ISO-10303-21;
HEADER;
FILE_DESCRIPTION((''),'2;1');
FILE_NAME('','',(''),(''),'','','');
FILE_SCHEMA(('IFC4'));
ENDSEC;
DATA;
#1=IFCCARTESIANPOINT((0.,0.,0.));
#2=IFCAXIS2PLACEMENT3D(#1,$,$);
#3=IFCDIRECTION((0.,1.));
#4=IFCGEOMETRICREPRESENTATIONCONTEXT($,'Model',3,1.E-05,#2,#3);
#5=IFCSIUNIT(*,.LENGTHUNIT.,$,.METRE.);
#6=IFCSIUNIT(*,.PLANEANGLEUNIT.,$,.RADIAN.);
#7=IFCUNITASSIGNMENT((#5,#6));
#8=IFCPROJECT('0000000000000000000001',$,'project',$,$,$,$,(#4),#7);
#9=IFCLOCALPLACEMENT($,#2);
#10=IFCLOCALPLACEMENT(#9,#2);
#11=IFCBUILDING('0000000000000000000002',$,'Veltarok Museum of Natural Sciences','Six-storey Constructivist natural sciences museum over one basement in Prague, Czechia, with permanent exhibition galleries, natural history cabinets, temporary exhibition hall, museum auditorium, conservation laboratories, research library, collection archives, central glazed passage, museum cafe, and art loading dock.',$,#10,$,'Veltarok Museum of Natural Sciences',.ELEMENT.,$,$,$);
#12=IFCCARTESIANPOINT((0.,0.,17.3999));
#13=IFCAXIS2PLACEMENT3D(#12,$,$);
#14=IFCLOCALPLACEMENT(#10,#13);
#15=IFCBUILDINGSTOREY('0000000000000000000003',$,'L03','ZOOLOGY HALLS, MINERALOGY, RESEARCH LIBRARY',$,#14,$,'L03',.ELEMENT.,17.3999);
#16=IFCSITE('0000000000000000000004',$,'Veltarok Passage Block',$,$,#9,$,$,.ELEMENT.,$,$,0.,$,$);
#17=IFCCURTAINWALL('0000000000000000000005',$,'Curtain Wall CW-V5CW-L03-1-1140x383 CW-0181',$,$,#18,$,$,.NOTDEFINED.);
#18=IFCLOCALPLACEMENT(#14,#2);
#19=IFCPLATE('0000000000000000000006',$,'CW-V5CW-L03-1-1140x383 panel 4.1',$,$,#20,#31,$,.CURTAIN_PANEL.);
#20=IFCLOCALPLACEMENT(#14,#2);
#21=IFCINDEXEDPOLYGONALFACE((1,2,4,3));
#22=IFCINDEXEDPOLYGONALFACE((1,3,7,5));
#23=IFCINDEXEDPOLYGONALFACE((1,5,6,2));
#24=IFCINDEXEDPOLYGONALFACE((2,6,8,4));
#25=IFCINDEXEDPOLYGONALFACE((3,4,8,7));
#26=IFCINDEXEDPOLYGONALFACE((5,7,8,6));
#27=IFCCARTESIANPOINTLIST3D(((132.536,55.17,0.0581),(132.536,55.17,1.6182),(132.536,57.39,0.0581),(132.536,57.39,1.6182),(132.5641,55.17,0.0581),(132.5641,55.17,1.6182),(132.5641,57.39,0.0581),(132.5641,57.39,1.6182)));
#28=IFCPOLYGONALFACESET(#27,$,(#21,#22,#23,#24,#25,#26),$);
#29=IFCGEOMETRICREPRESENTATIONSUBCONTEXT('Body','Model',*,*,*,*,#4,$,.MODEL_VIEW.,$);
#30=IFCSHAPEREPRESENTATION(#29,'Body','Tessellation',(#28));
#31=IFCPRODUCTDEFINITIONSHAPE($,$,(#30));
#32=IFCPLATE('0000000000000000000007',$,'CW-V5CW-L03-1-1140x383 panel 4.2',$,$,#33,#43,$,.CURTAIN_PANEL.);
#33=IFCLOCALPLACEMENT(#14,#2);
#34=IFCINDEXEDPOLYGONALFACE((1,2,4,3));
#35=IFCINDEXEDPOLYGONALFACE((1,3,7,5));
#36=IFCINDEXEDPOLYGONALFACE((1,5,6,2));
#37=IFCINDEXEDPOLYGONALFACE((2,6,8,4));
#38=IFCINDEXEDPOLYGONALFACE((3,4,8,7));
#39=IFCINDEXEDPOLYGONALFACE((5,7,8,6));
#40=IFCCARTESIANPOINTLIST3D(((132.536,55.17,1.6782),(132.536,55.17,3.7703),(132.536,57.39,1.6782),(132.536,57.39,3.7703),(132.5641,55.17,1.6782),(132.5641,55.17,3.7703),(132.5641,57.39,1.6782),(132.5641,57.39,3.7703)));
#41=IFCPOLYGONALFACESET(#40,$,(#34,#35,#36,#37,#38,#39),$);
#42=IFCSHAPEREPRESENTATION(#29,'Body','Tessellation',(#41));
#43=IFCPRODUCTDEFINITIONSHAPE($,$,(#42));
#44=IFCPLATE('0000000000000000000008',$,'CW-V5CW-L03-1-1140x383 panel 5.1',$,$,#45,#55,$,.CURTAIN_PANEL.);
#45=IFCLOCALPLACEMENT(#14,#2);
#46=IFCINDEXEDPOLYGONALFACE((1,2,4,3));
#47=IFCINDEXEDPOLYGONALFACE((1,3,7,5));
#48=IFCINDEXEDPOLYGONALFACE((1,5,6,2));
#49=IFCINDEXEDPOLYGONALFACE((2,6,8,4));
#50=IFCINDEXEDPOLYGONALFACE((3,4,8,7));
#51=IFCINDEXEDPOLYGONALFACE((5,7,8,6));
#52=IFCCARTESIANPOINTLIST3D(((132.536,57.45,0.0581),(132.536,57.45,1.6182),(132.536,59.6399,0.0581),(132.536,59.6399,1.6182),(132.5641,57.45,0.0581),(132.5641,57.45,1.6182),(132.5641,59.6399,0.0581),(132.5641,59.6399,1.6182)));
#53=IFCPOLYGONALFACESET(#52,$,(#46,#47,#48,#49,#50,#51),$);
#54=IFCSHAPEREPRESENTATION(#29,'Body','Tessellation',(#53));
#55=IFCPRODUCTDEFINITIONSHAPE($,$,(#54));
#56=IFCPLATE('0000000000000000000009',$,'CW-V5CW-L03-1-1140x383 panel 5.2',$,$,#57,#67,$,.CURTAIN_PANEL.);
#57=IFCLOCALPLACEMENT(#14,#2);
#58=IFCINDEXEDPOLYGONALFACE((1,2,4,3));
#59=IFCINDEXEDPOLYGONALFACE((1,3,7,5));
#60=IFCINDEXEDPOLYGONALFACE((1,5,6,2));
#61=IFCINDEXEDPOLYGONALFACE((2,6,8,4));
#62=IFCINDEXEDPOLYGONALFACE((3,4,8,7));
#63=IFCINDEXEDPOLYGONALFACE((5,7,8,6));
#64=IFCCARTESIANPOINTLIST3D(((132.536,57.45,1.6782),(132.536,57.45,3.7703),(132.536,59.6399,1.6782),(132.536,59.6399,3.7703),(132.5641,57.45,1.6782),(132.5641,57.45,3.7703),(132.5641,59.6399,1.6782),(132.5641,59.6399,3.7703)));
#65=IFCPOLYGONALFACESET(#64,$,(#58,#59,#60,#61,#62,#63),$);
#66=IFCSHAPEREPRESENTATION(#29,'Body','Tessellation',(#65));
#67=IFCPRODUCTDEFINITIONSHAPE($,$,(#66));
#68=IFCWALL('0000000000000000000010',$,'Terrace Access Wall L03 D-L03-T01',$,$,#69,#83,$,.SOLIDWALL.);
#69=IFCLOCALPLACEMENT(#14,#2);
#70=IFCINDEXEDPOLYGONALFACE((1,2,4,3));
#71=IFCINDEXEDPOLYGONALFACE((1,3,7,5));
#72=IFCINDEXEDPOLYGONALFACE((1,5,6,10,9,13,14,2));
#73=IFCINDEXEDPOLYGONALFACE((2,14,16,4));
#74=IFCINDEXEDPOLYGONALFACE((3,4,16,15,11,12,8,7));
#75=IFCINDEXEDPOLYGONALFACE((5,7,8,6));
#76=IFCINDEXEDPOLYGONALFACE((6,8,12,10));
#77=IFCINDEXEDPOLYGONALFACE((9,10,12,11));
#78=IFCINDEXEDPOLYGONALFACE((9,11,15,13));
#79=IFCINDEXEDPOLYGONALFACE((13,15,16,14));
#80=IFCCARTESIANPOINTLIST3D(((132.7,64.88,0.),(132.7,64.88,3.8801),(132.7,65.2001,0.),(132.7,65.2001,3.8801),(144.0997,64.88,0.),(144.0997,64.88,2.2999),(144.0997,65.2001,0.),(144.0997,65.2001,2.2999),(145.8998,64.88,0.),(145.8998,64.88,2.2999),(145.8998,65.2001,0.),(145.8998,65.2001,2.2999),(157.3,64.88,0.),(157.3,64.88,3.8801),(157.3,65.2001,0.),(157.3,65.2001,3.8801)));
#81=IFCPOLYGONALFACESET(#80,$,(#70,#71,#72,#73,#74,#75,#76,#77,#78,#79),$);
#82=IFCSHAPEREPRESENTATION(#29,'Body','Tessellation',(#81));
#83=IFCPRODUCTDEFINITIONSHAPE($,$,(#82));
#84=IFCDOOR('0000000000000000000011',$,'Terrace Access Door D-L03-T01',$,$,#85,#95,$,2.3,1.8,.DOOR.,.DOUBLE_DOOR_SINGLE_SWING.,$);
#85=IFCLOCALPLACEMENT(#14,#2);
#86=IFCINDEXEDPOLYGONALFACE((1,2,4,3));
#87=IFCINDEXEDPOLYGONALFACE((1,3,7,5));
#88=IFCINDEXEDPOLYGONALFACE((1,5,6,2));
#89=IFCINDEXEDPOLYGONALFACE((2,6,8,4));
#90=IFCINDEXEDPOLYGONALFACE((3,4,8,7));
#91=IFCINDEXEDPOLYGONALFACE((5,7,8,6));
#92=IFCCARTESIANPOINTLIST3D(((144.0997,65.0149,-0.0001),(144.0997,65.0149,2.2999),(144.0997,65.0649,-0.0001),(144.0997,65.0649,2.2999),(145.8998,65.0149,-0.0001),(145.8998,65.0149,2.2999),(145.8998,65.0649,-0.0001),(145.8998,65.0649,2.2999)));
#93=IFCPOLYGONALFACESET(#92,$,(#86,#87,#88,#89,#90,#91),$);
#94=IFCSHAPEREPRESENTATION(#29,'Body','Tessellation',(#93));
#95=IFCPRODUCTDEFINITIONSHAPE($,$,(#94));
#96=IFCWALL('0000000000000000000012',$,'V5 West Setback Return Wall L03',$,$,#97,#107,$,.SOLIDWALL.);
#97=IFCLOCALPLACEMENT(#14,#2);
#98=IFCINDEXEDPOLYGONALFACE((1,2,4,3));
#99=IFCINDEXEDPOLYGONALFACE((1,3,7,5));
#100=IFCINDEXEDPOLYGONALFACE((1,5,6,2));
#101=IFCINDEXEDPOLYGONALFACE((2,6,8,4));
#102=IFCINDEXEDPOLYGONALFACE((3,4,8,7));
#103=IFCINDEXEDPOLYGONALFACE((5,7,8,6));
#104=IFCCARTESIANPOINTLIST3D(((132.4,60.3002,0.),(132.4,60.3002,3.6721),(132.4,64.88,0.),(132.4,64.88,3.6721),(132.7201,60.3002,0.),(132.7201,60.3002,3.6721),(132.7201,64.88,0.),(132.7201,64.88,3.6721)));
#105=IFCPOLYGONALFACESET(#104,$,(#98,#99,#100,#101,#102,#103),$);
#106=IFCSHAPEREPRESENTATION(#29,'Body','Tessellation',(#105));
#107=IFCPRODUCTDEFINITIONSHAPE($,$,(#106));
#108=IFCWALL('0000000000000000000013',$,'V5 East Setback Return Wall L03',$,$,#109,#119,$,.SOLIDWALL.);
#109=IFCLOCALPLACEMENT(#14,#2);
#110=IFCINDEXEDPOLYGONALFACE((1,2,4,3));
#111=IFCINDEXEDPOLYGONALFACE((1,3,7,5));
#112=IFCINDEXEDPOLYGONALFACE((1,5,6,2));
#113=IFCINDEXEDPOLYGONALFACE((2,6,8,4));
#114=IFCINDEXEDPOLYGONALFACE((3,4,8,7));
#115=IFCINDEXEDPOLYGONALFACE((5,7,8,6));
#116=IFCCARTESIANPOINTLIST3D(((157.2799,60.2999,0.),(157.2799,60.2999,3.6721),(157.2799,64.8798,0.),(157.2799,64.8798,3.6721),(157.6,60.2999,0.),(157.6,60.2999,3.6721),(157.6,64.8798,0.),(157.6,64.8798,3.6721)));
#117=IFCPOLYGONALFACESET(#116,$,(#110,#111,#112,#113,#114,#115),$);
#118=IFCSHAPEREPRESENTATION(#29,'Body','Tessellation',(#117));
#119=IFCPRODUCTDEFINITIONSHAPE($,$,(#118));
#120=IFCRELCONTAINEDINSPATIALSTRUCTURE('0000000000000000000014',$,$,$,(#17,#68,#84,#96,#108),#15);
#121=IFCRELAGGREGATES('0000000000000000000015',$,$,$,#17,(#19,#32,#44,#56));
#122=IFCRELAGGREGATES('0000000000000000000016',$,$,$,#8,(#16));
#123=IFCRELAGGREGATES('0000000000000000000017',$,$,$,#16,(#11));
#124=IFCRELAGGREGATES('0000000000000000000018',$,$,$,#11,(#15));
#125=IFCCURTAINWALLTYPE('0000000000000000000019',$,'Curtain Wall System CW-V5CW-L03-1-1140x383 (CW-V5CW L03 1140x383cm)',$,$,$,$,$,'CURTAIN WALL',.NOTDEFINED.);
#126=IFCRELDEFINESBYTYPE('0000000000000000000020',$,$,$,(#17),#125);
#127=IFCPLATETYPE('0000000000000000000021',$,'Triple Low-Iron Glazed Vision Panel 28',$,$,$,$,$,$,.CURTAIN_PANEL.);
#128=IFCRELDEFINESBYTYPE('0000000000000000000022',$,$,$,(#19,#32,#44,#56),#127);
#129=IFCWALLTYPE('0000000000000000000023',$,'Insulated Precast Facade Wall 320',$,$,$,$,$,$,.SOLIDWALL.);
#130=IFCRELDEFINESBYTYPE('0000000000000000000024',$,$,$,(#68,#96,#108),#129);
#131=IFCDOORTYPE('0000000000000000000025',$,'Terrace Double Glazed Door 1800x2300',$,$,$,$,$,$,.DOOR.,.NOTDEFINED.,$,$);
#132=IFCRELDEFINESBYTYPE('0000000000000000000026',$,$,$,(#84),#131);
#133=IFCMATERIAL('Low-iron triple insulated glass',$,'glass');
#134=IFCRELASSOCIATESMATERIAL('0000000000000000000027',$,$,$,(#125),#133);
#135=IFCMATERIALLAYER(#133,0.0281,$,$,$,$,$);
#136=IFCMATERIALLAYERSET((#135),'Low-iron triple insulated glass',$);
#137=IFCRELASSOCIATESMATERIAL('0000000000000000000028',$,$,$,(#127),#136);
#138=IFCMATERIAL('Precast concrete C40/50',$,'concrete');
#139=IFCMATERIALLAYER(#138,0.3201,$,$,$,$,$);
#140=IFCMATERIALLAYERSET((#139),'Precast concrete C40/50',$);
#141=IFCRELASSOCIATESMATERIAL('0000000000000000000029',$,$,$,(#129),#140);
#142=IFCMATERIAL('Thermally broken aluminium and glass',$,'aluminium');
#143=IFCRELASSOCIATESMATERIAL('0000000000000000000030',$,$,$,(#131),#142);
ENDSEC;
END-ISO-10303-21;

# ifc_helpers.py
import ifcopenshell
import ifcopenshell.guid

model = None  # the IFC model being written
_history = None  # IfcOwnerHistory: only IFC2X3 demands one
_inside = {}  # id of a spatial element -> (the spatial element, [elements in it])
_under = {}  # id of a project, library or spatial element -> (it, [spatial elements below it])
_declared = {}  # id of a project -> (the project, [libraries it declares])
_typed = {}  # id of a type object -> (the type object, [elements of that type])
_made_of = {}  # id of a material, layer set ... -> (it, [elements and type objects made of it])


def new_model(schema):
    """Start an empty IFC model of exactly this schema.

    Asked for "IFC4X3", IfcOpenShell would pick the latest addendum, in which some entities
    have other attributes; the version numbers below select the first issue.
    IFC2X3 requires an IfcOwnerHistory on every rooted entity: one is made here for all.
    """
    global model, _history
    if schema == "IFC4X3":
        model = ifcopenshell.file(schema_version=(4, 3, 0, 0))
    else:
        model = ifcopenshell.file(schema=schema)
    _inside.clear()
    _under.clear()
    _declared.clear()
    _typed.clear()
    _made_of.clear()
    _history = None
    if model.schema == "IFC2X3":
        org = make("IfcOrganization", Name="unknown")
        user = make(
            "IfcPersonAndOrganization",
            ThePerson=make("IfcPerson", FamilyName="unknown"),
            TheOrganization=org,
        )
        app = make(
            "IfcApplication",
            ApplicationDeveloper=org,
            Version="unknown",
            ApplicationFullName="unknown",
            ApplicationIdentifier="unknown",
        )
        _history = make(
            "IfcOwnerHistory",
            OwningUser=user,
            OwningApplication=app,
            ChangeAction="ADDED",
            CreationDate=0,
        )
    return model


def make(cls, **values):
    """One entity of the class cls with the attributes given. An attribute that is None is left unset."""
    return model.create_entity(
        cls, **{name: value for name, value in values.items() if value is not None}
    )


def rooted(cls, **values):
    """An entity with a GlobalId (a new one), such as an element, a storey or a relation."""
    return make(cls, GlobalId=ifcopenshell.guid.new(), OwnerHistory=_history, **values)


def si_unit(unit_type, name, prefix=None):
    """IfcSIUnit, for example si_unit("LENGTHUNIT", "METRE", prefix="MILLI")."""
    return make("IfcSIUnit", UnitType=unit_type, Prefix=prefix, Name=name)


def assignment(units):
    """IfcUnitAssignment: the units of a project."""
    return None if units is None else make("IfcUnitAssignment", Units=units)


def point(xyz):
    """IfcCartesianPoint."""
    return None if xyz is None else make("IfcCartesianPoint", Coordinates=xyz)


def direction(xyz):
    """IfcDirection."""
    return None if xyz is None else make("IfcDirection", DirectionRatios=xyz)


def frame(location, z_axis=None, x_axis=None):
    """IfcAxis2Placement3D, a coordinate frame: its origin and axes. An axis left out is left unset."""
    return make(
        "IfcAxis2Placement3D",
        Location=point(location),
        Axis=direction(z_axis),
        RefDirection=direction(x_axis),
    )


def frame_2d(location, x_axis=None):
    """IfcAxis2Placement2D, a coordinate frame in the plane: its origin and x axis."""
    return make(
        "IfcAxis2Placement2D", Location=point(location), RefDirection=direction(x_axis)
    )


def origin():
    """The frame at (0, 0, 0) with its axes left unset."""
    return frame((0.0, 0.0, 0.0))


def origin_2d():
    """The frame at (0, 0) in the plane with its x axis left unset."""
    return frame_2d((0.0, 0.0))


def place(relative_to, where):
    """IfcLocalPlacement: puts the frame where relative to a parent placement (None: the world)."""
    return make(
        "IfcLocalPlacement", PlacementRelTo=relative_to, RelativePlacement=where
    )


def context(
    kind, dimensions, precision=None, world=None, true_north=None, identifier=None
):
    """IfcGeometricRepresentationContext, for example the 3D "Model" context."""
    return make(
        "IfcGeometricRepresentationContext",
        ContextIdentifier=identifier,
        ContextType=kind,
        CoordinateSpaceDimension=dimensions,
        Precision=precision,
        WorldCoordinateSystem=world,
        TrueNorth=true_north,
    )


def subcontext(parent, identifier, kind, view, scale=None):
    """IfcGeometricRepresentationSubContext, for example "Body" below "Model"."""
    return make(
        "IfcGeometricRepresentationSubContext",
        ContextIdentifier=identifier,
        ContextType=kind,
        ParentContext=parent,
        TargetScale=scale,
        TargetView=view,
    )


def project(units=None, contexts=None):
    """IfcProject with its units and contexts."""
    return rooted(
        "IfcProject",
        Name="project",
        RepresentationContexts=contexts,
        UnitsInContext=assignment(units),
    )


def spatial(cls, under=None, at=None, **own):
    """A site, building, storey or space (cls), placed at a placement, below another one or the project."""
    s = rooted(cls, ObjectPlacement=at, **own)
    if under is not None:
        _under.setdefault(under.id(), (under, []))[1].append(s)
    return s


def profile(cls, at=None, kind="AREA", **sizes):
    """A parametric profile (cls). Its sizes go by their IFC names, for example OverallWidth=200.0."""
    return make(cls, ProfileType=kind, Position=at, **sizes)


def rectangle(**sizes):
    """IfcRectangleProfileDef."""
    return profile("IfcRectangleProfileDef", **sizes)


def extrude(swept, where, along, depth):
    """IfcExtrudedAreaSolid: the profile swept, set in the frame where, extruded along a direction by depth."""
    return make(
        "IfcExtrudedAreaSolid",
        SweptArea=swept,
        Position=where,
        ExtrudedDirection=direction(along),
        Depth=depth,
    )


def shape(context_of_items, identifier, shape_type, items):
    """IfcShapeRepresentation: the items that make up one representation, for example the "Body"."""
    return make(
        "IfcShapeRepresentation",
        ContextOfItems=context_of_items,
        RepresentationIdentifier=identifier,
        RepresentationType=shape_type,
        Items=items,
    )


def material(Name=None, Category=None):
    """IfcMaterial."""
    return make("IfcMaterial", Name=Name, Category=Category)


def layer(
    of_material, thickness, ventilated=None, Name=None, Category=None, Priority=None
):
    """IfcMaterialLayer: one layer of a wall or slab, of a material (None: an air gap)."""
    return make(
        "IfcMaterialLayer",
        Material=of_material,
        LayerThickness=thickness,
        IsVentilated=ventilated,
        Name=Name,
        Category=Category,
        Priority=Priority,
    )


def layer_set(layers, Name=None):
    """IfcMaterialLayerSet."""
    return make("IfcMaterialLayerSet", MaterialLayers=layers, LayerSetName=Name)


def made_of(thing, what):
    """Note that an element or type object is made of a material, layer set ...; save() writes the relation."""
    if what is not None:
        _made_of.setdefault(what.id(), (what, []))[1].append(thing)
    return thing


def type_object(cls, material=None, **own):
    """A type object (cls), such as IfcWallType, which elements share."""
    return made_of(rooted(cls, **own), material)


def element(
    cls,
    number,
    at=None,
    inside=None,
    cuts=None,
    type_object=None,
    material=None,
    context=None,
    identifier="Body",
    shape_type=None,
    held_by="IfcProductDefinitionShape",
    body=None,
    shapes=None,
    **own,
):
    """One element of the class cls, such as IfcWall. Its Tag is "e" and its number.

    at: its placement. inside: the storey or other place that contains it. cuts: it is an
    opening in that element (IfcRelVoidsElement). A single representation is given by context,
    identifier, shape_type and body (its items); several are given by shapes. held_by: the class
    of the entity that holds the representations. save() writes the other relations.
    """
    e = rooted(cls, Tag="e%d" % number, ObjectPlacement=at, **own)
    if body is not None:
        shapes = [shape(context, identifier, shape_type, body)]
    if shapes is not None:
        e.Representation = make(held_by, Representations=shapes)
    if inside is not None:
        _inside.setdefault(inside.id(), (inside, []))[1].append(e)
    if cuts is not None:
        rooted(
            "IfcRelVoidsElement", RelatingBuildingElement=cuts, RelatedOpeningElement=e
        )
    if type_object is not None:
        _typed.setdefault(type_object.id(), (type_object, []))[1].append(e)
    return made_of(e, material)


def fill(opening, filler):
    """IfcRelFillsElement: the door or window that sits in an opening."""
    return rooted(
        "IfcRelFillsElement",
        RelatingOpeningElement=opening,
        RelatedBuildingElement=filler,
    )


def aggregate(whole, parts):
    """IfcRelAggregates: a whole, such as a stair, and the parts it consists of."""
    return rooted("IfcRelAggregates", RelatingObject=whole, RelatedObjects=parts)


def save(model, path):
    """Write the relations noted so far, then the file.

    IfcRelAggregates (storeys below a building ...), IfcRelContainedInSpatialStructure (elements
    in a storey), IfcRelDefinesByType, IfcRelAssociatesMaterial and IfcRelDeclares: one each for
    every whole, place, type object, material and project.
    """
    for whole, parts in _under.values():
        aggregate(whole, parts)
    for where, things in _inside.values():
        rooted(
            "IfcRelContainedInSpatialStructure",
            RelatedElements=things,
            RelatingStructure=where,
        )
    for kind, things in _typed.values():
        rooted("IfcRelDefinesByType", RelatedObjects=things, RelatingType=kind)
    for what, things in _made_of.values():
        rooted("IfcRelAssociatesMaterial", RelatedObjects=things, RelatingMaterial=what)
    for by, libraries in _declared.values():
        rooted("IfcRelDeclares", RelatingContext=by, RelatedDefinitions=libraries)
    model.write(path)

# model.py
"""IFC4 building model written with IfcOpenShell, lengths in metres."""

from ifc_helpers import new_model, si_unit, direction, frame, frame_2d, origin, origin_2d, place, context, subcontext, project, spatial, rectangle, extrude, material, layer, layer_set, type_object, element, fill, aggregate, save


model = new_model("IFC4")

# Units and contexts
model_context = context("Model", 3, precision=1e-05, world=origin(), true_north=direction((0.0, 1.0)))
body_context = subcontext(model_context, "Body", "Model", "MODEL_VIEW")
ifc_project = project(units=[si_unit("LENGTHUNIT", "METRE"), si_unit("PLANEANGLEUNIT", "RADIAN")], contexts=[model_context])

# Site, building, storey
site_placement = place(None, origin())
site = spatial("IfcSite", under=ifc_project, at=site_placement, Name="Veltarok Passage Block", CompositionType="ELEMENT", RefElevation=0.0)
building_placement = place(site_placement, origin())
building = spatial("IfcBuilding", under=site, at=building_placement, Name="Veltarok Museum of Natural Sciences", Description="Six-storey Constructivist natural sciences museum over one basement in Prague, Czechia, with permanent exhibition galleries, natural history cabinets, temporary exhibition hall, museum auditorium, conservation laboratories, research library, collection archives, central glazed passage, museum cafe, and art loading dock.", LongName="Veltarok Museum of Natural Sciences", CompositionType="ELEMENT")
storey_placement = place(building_placement, frame((0.0, 0.0, 17.3999)))
storey = spatial("IfcBuildingStorey", under=building, at=storey_placement, Name="L03", Description="ZOOLOGY HALLS, MINERALOGY, RESEARCH LIBRARY", LongName="L03", CompositionType="ELEMENT", Elevation=17.3999)

# Curtain wall
ifc_material_1 = material(Name="Low-iron triple insulated glass", Category="glass")
curtain_wall_type = type_object("IfcCurtainWallType", Name="Curtain Wall System CW-V5CW-L03-1-1140x383 (CW-V5CW L03 1140x383cm)", ElementType="CURTAIN WALL", PredefinedType="NOTDEFINED", material=ifc_material_1)
curtain_wall_placement = place(storey_placement, origin())
curtain_wall = element("IfcCurtainWall", 1, at=curtain_wall_placement, inside=storey, type_object=curtain_wall_type, Name="Curtain Wall CW-V5CW-L03-1-1140x383 CW-0181", PredefinedType="NOTDEFINED")

# Shared definitions
ifc_material_2 = material(Name="Precast concrete C40/50", Category="concrete")

# Plates
ifc_layer_1 = layer(ifc_material_1, 0.0281)
ifc_layer_set_1 = layer_set([ifc_layer_1], Name="Low-iron triple insulated glass")
plate_type = type_object("IfcPlateType", Name="Triple Low-Iron Glazed Vision Panel 28", PredefinedType="CURTAIN_PANEL", material=ifc_layer_set_1)
plate_1_placement = place(storey_placement, frame((132.55, 56.28, 0.0581), z_axis=(0.0, 0.0, 1.0), x_axis=(0.0, 1.0, 0.0)))
plate_1 = element("IfcPlate", 2, at=plate_1_placement, type_object=plate_type, Name="CW-V5CW-L03-1-1140x383 panel 4.1", PredefinedType="CURTAIN_PANEL", context=body_context, shape_type="SweptSolid", body=[
    extrude(rectangle(XDim=2.22, YDim=0.0281, at=origin_2d()), origin(), (0.0, 0.0, 1.0), 1.5601),
])
plate_2_placement = place(storey_placement, frame((132.55, 56.28, 1.6782), z_axis=(0.0, 0.0, 1.0), x_axis=(0.0, 1.0, 0.0)))
plate_2 = element("IfcPlate", 3, at=plate_2_placement, type_object=plate_type, Name="CW-V5CW-L03-1-1140x383 panel 4.2", PredefinedType="CURTAIN_PANEL", context=body_context, shape_type="SweptSolid", body=[
    extrude(rectangle(XDim=2.22, YDim=0.0281, at=origin_2d()), origin(), (0.0, 0.0, 1.0), 2.092),
])
plate_3_placement = place(storey_placement, frame((132.55, 58.5449, 0.0581), z_axis=(0.0, 0.0, 1.0), x_axis=(0.0, 1.0, 0.0)))
plate_3 = element("IfcPlate", 4, at=plate_3_placement, type_object=plate_type, Name="CW-V5CW-L03-1-1140x383 panel 5.1", PredefinedType="CURTAIN_PANEL", context=body_context, shape_type="SweptSolid", body=[
    extrude(rectangle(XDim=2.1899, YDim=0.0281, at=origin_2d()), origin(), (0.0, 0.0, 1.0), 1.5601),
])
plate_4_placement = place(storey_placement, frame((132.55, 58.5449, 1.6782), z_axis=(0.0, 0.0, 1.0), x_axis=(0.0, 1.0, 0.0)))
plate_4 = element("IfcPlate", 5, at=plate_4_placement, type_object=plate_type, Name="CW-V5CW-L03-1-1140x383 panel 5.2", PredefinedType="CURTAIN_PANEL", context=body_context, shape_type="SweptSolid", body=[
    extrude(rectangle(XDim=2.1899, YDim=0.0281, at=origin_2d()), origin(), (0.0, 0.0, 1.0), 2.092),
])
aggregate(curtain_wall, [plate_1, plate_2, plate_3, plate_4])

# Wall, opening, door
ifc_layer_2 = layer(ifc_material_2, 0.3201)
ifc_layer_set_2 = layer_set([ifc_layer_2], Name="Precast concrete C40/50")
wall_type = type_object("IfcWallType", Name="Insulated Precast Facade Wall 320", PredefinedType="SOLIDWALL", material=ifc_layer_set_2)
wall_placement = place(storey_placement, frame((132.7, 65.04, 0.0), z_axis=(0.0, 0.0, 1.0), x_axis=(1.0, 0.0, 0.0)))
wall = element("IfcWall", 6, at=wall_placement, inside=storey, type_object=wall_type, Name="Terrace Access Wall L03 D-L03-T01", PredefinedType="SOLIDWALL", context=body_context, shape_type="SweptSolid", body=[
    extrude(rectangle(XDim=24.6001, YDim=0.3201, at=frame_2d((12.3, 0.0))), origin(), (0.0, 0.0, 1.0), 3.8801),
])
opening_placement = place(wall_placement, frame((11.3999, 0.0, 0.0)))
opening = element("IfcOpeningElement", 7, at=opening_placement, cuts=wall, PredefinedType="OPENING", context=body_context, shape_type="SweptSolid", body=[
    extrude(rectangle(XDim=1.8, YDim=2.3, at=frame_2d((0.8999, 1.1499))), frame((0.0, 0.1699, 0.0), z_axis=(0.0, -1.0, 0.0), x_axis=(1.0, 0.0, 0.0)), (0.0, 0.0, 1.0), 0.3401),
])
ifc_material_3 = material(Name="Thermally broken aluminium and glass", Category="aluminium")
door_type = type_object("IfcDoorType", Name="Terrace Double Glazed Door 1800x2300", OperationType="NOTDEFINED", PredefinedType="DOOR", material=ifc_material_3)
door_placement = place(opening_placement, origin())
door = element("IfcDoor", 8, at=door_placement, inside=storey, type_object=door_type, Name="Terrace Access Door D-L03-T01", OperationType="DOUBLE_DOOR_SINGLE_SWING", OverallHeight=2.3, OverallWidth=1.8, PredefinedType="DOOR", context=body_context, shape_type="SweptSolid", body=[
    extrude(rectangle(XDim=1.8, YDim=2.3, at=frame_2d((0.8999, 1.1499))), frame((0.0, 0.0249, 0.0), z_axis=(0.0, -1.0, 0.0), x_axis=(1.0, 0.0, 0.0)), (0.0, 0.0, 1.0), 0.05),
])
fill(opening, door)

# Walls
for number, where, z_axis, x_axis, name in (
    (9, (132.5601, 60.3, 0.0), (0.0, 0.0, 1.0), (0.0, 1.0, 0.0), "V5 West Setback Return Wall L03"),
    (10, (157.4399, 64.8799, 0.0), (0.0, 0.0, 1.0), (0.0, -1.0, 0.0), "V5 East Setback Return Wall L03"),
):
    element("IfcWall", number, at=place(storey_placement, frame(where, z_axis=z_axis, x_axis=x_axis)), inside=storey, type_object=wall_type, Name=name, PredefinedType="SOLIDWALL", context=body_context, shape_type="SweptSolid", body=[
        extrude(rectangle(XDim=4.5798, YDim=0.3201, at=frame_2d((2.29, 0.0))), origin(), (0.0, 0.0, 1.0), 3.6721),
    ])

save(model, "model.ifc")
